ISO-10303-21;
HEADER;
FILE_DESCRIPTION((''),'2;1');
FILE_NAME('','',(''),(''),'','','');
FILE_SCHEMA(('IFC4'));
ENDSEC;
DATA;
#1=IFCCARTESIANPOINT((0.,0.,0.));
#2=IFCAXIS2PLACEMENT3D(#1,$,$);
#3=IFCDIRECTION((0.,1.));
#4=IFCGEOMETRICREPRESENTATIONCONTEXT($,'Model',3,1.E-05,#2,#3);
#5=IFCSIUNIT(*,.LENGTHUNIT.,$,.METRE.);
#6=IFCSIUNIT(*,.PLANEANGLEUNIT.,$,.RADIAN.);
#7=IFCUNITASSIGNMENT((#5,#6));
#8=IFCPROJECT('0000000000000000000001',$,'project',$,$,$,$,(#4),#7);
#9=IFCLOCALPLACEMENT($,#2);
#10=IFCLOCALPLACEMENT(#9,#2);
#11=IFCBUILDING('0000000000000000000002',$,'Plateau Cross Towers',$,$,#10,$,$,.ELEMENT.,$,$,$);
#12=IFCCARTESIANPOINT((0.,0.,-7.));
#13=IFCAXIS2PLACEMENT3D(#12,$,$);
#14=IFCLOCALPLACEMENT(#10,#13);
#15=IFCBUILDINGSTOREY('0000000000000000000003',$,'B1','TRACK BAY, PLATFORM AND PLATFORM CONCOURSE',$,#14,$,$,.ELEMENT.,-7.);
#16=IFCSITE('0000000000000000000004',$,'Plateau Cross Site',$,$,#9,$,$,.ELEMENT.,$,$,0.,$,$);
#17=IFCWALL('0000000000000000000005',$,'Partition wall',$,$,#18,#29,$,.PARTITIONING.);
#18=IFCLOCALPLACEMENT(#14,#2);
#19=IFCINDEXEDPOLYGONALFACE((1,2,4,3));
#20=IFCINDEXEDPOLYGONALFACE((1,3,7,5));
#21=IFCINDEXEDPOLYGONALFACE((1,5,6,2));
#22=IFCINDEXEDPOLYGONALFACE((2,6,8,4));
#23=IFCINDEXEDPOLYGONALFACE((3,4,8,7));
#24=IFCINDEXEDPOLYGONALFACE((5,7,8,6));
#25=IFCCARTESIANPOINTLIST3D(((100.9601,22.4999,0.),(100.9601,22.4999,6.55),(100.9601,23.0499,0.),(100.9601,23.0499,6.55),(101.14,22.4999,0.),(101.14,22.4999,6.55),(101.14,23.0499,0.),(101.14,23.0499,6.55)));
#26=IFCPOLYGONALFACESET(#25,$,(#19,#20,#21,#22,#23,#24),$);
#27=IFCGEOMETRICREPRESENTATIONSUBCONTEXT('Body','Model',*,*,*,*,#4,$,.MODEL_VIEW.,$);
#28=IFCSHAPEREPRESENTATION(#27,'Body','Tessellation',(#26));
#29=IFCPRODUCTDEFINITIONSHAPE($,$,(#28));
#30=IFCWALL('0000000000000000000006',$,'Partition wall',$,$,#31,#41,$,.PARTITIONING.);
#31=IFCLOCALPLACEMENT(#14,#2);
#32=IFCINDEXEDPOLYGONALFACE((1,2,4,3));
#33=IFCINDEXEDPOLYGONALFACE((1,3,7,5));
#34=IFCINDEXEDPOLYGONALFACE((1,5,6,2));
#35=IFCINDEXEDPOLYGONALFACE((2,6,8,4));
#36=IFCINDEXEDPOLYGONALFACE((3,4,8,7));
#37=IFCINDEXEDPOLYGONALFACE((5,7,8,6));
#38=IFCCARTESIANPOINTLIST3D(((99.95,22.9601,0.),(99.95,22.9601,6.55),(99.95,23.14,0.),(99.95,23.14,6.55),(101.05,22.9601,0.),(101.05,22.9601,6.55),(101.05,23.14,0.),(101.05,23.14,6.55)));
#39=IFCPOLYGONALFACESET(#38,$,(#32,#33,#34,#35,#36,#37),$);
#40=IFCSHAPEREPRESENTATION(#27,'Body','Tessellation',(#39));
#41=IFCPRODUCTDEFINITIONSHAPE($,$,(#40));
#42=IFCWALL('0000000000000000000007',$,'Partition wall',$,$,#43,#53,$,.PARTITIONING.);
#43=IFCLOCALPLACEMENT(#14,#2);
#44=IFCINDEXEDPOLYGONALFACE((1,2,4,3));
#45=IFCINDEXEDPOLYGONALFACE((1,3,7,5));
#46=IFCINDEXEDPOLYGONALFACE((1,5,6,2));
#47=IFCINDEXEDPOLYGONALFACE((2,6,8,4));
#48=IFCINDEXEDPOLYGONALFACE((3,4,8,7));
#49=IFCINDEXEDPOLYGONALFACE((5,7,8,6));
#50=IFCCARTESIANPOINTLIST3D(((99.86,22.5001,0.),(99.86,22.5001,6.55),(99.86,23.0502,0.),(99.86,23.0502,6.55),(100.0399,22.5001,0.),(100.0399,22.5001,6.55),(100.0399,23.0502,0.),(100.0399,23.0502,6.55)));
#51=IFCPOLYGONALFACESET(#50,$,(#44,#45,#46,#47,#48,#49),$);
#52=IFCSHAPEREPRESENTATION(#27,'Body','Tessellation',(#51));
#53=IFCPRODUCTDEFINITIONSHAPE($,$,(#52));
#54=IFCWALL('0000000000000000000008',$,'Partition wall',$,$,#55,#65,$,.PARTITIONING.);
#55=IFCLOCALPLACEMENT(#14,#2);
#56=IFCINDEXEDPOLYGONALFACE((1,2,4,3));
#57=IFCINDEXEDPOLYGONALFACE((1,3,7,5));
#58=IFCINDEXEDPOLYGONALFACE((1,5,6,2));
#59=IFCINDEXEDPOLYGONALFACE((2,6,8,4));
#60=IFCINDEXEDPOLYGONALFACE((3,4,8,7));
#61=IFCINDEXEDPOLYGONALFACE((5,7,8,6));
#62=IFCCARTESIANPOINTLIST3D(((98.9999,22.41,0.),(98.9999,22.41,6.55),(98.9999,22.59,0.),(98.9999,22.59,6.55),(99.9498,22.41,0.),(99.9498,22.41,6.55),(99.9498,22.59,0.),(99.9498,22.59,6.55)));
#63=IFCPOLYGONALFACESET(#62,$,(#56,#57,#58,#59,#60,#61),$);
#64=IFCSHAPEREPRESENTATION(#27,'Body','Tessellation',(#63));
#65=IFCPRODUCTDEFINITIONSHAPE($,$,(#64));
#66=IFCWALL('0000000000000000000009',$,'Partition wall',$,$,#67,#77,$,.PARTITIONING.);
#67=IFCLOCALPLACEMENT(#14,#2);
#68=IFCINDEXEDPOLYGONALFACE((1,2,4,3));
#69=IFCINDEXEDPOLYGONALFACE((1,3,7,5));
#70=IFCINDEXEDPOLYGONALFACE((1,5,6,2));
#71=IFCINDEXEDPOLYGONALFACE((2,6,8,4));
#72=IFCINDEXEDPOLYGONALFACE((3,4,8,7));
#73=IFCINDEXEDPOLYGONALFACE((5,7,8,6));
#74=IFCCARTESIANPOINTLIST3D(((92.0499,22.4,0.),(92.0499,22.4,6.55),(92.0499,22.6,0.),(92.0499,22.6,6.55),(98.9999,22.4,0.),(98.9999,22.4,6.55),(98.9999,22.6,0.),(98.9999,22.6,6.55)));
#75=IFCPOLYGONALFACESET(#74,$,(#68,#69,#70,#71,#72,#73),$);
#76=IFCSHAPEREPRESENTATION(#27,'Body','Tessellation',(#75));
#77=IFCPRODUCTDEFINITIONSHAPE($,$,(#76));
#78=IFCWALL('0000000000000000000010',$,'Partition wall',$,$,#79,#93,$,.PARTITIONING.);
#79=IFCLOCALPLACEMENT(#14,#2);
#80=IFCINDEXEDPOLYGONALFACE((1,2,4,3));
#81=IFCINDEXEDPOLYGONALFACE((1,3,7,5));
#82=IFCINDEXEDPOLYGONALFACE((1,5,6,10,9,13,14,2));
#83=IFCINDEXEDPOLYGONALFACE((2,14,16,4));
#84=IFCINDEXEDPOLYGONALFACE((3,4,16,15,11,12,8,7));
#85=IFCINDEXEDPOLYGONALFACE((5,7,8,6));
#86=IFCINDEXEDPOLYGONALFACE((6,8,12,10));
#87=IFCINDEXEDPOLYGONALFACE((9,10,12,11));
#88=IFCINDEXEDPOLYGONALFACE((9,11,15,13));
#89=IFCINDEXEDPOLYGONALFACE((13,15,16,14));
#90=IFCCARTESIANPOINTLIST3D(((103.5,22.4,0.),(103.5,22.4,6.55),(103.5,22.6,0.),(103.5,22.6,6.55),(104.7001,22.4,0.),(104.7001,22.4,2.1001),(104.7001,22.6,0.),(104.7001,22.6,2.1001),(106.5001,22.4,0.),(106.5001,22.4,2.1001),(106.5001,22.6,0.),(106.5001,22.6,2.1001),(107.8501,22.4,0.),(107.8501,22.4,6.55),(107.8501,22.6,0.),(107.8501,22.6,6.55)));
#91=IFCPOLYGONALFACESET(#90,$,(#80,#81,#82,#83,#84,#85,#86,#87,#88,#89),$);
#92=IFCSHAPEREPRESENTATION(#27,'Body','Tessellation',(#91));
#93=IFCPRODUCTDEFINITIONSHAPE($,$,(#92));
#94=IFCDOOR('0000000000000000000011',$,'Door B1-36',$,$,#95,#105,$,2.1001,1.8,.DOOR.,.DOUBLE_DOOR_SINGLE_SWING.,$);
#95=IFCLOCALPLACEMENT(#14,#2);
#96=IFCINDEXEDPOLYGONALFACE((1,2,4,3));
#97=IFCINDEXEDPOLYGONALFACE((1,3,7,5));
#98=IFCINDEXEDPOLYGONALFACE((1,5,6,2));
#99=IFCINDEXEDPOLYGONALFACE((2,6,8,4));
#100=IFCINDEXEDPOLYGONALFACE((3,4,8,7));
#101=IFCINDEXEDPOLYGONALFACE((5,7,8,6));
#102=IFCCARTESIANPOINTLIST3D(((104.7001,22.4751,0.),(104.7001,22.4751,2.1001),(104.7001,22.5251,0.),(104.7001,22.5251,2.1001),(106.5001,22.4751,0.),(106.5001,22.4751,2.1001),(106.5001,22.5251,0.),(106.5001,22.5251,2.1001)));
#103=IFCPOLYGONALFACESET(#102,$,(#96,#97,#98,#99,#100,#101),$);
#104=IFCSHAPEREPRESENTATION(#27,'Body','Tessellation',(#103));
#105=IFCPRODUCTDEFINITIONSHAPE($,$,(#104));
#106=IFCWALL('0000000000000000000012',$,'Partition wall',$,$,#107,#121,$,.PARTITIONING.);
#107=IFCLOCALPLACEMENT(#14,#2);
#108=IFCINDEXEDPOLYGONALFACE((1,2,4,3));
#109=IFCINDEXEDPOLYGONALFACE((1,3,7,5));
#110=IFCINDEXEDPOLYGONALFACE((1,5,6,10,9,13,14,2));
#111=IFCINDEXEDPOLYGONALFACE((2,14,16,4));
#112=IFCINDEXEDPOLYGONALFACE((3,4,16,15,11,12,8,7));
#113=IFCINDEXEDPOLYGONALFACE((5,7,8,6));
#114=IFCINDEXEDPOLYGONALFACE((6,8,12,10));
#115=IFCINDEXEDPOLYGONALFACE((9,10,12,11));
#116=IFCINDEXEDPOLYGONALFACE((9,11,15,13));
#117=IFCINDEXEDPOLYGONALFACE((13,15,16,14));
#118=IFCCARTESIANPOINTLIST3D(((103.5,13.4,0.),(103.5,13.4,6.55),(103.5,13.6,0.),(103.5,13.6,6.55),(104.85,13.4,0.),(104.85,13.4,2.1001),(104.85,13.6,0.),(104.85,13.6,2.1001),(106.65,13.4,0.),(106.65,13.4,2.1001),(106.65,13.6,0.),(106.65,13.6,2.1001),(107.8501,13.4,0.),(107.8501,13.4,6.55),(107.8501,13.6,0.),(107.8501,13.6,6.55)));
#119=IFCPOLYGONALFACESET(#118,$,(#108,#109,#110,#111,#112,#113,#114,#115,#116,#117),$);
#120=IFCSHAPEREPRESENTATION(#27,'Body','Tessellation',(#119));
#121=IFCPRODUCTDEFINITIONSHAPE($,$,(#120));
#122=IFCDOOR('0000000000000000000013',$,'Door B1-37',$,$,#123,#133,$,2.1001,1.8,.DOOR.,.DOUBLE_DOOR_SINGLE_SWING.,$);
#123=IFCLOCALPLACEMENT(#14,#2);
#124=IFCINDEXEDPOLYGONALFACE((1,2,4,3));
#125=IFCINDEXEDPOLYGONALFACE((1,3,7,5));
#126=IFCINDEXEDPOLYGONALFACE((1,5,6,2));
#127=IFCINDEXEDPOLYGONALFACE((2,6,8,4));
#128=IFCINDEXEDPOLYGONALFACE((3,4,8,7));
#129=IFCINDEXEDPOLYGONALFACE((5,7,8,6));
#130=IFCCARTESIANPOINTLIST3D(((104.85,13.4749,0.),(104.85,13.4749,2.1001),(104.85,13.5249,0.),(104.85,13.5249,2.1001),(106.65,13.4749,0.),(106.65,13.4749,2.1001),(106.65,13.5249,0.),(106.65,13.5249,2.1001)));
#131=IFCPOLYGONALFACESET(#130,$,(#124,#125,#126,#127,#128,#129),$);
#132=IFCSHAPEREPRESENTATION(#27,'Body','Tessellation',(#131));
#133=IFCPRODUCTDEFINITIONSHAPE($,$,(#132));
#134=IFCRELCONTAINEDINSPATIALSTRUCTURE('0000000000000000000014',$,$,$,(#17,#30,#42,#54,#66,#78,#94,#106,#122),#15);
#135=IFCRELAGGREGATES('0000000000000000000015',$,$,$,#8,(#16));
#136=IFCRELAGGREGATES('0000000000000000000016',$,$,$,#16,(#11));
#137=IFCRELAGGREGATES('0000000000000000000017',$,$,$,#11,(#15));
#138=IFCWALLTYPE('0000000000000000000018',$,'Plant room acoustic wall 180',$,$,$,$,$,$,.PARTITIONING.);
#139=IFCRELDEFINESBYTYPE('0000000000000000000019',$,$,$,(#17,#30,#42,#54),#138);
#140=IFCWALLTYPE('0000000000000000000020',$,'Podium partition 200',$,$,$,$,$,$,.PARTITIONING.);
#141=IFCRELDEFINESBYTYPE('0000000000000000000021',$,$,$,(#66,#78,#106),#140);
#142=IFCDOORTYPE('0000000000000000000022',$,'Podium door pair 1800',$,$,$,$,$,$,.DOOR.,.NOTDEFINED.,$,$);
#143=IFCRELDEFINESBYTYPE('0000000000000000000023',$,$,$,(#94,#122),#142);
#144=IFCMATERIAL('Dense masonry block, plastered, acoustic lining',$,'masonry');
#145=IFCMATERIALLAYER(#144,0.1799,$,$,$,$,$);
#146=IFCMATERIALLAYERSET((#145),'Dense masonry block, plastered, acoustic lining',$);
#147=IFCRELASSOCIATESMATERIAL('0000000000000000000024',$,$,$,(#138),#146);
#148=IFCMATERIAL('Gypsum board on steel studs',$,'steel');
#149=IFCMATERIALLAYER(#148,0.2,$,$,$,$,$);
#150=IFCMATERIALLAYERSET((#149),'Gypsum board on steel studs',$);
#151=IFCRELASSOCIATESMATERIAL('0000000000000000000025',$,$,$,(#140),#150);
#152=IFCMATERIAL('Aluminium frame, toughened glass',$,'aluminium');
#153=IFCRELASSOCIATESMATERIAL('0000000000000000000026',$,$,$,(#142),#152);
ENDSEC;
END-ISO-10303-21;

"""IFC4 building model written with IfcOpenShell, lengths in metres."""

from ifc_helpers import new_model, si_unit, direction, frame, frame_2d, origin, place, context, subcontext, project, spatial, rectangle, extrude, material, layer, layer_set, type_object, element, fill, save


model = new_model("IFC4")

# Units and contexts
model_context = context("Model", 3, precision=1e-05, world=origin(), true_north=direction((0.0, 1.0)))
body_context = subcontext(model_context, "Body", "Model", "MODEL_VIEW")
ifc_project = project(units=[si_unit("LENGTHUNIT", "METRE"), si_unit("PLANEANGLEUNIT", "RADIAN")], contexts=[model_context])

# Site, building, storey
site_placement = place(None, origin())
site = spatial("IfcSite", under=ifc_project, at=site_placement, Name="Plateau Cross Site", CompositionType="ELEMENT", RefElevation=0.0)
building_placement = place(site_placement, origin())
building = spatial("IfcBuilding", under=site, at=building_placement, Name="Plateau Cross Towers", CompositionType="ELEMENT")
storey_placement = place(building_placement, frame((0.0, 0.0, -7.0)))
storey = spatial("IfcBuildingStorey", under=building, at=storey_placement, Name="B1", Description="TRACK BAY, PLATFORM AND PLATFORM CONCOURSE", CompositionType="ELEMENT", Elevation=-7.0)

# Walls
ifc_material_1 = material(Name="Dense masonry block, plastered, acoustic lining", Category="masonry")
ifc_layer_1 = layer(ifc_material_1, 0.1799)
ifc_layer_set_1 = layer_set([ifc_layer_1], Name="Dense masonry block, plastered, acoustic lining")
wall_type_1 = type_object("IfcWallType", Name="Plant room acoustic wall 180", PredefinedType="PARTITIONING", material=ifc_layer_set_1)
wall_1_placement = place(storey_placement, frame((101.05, 22.5, 0.0), z_axis=(0.0, 0.0, 1.0), x_axis=(0.0, 1.0, 0.0)))
element("IfcWall", 1, at=wall_1_placement, inside=storey, type_object=wall_type_1, Name="Partition wall", PredefinedType="PARTITIONING", context=body_context, shape_type="SweptSolid", body=[
    extrude(rectangle(XDim=0.55, YDim=0.1799, at=frame_2d((0.2749, 0.0))), origin(), (0.0, 0.0, 1.0), 6.55),
])
wall_2_placement = place(storey_placement, frame((101.05, 23.05, 0.0), z_axis=(0.0, 0.0, 1.0), x_axis=(-1.0, 0.0, 0.0)))
element("IfcWall", 2, at=wall_2_placement, inside=storey, type_object=wall_type_1, Name="Partition wall", PredefinedType="PARTITIONING", context=body_context, shape_type="SweptSolid", body=[
    extrude(rectangle(XDim=1.1001, YDim=0.1799, at=frame_2d((0.55, 0.0))), origin(), (0.0, 0.0, 1.0), 6.55),
])
wall_3_placement = place(storey_placement, frame((99.95, 23.05, 0.0), z_axis=(0.0, 0.0, 1.0), x_axis=(0.0, -1.0, 0.0)))
element("IfcWall", 3, at=wall_3_placement, inside=storey, type_object=wall_type_1, Name="Partition wall", PredefinedType="PARTITIONING", context=body_context, shape_type="SweptSolid", body=[
    extrude(rectangle(XDim=0.55, YDim=0.1799, at=frame_2d((0.2749, 0.0))), origin(), (0.0, 0.0, 1.0), 6.55),
])
wall_4_placement = place(storey_placement, frame((99.95, 22.5, 0.0), z_axis=(0.0, 0.0, 1.0), x_axis=(-1.0, 0.0, 0.0)))
element("IfcWall", 4, at=wall_4_placement, inside=storey, type_object=wall_type_1, Name="Partition wall", PredefinedType="PARTITIONING", context=body_context, shape_type="SweptSolid", body=[
    extrude(rectangle(XDim=0.95, YDim=0.1799, at=frame_2d((0.4751, 0.0))), origin(), (0.0, 0.0, 1.0), 6.55),
])
ifc_material_2 = material(Name="Gypsum board on steel studs", Category="steel")
ifc_layer_2 = layer(ifc_material_2, 0.2)
ifc_layer_set_2 = layer_set([ifc_layer_2], Name="Gypsum board on steel studs")
wall_type_2 = type_object("IfcWallType", Name="Podium partition 200", PredefinedType="PARTITIONING", material=ifc_layer_set_2)
wall_5_placement = place(storey_placement, frame((99.0, 22.5, 0.0), z_axis=(0.0, 0.0, 1.0), x_axis=(-1.0, 0.0, 0.0)))
element("IfcWall", 5, at=wall_5_placement, inside=storey, type_object=wall_type_2, Name="Partition wall", PredefinedType="PARTITIONING", context=body_context, shape_type="SweptSolid", body=[
    extrude(rectangle(XDim=6.95, YDim=0.2, at=frame_2d((3.4751, 0.0))), origin(), (0.0, 0.0, 1.0), 6.55),
])

# Walls, openings, doors
wall_6_placement = place(storey_placement, frame((107.8501, 22.5, 0.0), z_axis=(0.0, 0.0, 1.0), x_axis=(-1.0, 0.0, 0.0)))
wall_6 = element("IfcWall", 6, at=wall_6_placement, inside=storey, type_object=wall_type_2, Name="Partition wall", PredefinedType="PARTITIONING", context=body_context, shape_type="SweptSolid", body=[
    extrude(rectangle(XDim=4.3501, YDim=0.2, at=frame_2d((2.175, 0.0))), origin(), (0.0, 0.0, 1.0), 6.55),
])
opening_1_placement = place(wall_6_placement, frame((1.3501, 0.0, 0.0)))
opening_1 = element("IfcOpeningElement", 7, at=opening_1_placement, cuts=wall_6, PredefinedType="OPENING", context=body_context, shape_type="SweptSolid", body=[
    extrude(rectangle(XDim=1.8, YDim=2.1001, at=frame_2d((0.8999, 1.05))), frame((0.0, 0.1099, 0.0), z_axis=(0.0, -1.0, 0.0), x_axis=(1.0, 0.0, 0.0)), (0.0, 0.0, 1.0), 0.22),
])
ifc_material_3 = material(Name="Aluminium frame, toughened glass", Category="aluminium")
door_type = type_object("IfcDoorType", Name="Podium door pair 1800", OperationType="NOTDEFINED", PredefinedType="DOOR", material=ifc_material_3)
door_1_placement = place(opening_1_placement, origin())
door_1 = element("IfcDoor", 8, at=door_1_placement, inside=storey, type_object=door_type, Name="Door B1-36", OperationType="DOUBLE_DOOR_SINGLE_SWING", OverallHeight=2.1001, OverallWidth=1.8, PredefinedType="DOOR", context=body_context, shape_type="SweptSolid", body=[
    extrude(rectangle(XDim=1.8, YDim=2.1001, at=frame_2d((0.8999, 1.05))), frame((0.0, 0.0249, 0.0), z_axis=(0.0, -1.0, 0.0), x_axis=(1.0, 0.0, 0.0)), (0.0, 0.0, 1.0), 0.05),
])
fill(opening_1, door_1)
wall_7_placement = place(storey_placement, frame((103.5, 13.5, 0.0), z_axis=(0.0, 0.0, 1.0), x_axis=(1.0, 0.0, 0.0)))
wall_7 = element("IfcWall", 9, at=wall_7_placement, inside=storey, type_object=wall_type_2, Name="Partition wall", PredefinedType="PARTITIONING", context=body_context, shape_type="SweptSolid", body=[
    extrude(rectangle(XDim=4.3501, YDim=0.2, at=frame_2d((2.175, 0.0))), origin(), (0.0, 0.0, 1.0), 6.55),
])
opening_2_placement = place(wall_7_placement, frame((1.3501, 0.0, 0.0)))
opening_2 = element("IfcOpeningElement", 10, at=opening_2_placement, cuts=wall_7, PredefinedType="OPENING", context=body_context, shape_type="SweptSolid", body=[
    extrude(rectangle(XDim=1.8, YDim=2.1001, at=frame_2d((0.8999, 1.05))), frame((0.0, 0.1099, 0.0), z_axis=(0.0, -1.0, 0.0), x_axis=(1.0, 0.0, 0.0)), (0.0, 0.0, 1.0), 0.22),
])
door_2_placement = place(opening_2_placement, origin())
door_2 = element("IfcDoor", 11, at=door_2_placement, inside=storey, type_object=door_type, Name="Door B1-37", OperationType="DOUBLE_DOOR_SINGLE_SWING", OverallHeight=2.1001, OverallWidth=1.8, PredefinedType="DOOR", context=body_context, shape_type="SweptSolid", body=[
    extrude(rectangle(XDim=1.8, YDim=2.1001, at=frame_2d((0.8999, 1.05))), frame((0.0, 0.0249, 0.0), z_axis=(0.0, -1.0, 0.0), x_axis=(1.0, 0.0, 0.0)), (0.0, 0.0, 1.0), 0.05),
])
fill(opening_2, door_2)

save(model, "model.ifc")
